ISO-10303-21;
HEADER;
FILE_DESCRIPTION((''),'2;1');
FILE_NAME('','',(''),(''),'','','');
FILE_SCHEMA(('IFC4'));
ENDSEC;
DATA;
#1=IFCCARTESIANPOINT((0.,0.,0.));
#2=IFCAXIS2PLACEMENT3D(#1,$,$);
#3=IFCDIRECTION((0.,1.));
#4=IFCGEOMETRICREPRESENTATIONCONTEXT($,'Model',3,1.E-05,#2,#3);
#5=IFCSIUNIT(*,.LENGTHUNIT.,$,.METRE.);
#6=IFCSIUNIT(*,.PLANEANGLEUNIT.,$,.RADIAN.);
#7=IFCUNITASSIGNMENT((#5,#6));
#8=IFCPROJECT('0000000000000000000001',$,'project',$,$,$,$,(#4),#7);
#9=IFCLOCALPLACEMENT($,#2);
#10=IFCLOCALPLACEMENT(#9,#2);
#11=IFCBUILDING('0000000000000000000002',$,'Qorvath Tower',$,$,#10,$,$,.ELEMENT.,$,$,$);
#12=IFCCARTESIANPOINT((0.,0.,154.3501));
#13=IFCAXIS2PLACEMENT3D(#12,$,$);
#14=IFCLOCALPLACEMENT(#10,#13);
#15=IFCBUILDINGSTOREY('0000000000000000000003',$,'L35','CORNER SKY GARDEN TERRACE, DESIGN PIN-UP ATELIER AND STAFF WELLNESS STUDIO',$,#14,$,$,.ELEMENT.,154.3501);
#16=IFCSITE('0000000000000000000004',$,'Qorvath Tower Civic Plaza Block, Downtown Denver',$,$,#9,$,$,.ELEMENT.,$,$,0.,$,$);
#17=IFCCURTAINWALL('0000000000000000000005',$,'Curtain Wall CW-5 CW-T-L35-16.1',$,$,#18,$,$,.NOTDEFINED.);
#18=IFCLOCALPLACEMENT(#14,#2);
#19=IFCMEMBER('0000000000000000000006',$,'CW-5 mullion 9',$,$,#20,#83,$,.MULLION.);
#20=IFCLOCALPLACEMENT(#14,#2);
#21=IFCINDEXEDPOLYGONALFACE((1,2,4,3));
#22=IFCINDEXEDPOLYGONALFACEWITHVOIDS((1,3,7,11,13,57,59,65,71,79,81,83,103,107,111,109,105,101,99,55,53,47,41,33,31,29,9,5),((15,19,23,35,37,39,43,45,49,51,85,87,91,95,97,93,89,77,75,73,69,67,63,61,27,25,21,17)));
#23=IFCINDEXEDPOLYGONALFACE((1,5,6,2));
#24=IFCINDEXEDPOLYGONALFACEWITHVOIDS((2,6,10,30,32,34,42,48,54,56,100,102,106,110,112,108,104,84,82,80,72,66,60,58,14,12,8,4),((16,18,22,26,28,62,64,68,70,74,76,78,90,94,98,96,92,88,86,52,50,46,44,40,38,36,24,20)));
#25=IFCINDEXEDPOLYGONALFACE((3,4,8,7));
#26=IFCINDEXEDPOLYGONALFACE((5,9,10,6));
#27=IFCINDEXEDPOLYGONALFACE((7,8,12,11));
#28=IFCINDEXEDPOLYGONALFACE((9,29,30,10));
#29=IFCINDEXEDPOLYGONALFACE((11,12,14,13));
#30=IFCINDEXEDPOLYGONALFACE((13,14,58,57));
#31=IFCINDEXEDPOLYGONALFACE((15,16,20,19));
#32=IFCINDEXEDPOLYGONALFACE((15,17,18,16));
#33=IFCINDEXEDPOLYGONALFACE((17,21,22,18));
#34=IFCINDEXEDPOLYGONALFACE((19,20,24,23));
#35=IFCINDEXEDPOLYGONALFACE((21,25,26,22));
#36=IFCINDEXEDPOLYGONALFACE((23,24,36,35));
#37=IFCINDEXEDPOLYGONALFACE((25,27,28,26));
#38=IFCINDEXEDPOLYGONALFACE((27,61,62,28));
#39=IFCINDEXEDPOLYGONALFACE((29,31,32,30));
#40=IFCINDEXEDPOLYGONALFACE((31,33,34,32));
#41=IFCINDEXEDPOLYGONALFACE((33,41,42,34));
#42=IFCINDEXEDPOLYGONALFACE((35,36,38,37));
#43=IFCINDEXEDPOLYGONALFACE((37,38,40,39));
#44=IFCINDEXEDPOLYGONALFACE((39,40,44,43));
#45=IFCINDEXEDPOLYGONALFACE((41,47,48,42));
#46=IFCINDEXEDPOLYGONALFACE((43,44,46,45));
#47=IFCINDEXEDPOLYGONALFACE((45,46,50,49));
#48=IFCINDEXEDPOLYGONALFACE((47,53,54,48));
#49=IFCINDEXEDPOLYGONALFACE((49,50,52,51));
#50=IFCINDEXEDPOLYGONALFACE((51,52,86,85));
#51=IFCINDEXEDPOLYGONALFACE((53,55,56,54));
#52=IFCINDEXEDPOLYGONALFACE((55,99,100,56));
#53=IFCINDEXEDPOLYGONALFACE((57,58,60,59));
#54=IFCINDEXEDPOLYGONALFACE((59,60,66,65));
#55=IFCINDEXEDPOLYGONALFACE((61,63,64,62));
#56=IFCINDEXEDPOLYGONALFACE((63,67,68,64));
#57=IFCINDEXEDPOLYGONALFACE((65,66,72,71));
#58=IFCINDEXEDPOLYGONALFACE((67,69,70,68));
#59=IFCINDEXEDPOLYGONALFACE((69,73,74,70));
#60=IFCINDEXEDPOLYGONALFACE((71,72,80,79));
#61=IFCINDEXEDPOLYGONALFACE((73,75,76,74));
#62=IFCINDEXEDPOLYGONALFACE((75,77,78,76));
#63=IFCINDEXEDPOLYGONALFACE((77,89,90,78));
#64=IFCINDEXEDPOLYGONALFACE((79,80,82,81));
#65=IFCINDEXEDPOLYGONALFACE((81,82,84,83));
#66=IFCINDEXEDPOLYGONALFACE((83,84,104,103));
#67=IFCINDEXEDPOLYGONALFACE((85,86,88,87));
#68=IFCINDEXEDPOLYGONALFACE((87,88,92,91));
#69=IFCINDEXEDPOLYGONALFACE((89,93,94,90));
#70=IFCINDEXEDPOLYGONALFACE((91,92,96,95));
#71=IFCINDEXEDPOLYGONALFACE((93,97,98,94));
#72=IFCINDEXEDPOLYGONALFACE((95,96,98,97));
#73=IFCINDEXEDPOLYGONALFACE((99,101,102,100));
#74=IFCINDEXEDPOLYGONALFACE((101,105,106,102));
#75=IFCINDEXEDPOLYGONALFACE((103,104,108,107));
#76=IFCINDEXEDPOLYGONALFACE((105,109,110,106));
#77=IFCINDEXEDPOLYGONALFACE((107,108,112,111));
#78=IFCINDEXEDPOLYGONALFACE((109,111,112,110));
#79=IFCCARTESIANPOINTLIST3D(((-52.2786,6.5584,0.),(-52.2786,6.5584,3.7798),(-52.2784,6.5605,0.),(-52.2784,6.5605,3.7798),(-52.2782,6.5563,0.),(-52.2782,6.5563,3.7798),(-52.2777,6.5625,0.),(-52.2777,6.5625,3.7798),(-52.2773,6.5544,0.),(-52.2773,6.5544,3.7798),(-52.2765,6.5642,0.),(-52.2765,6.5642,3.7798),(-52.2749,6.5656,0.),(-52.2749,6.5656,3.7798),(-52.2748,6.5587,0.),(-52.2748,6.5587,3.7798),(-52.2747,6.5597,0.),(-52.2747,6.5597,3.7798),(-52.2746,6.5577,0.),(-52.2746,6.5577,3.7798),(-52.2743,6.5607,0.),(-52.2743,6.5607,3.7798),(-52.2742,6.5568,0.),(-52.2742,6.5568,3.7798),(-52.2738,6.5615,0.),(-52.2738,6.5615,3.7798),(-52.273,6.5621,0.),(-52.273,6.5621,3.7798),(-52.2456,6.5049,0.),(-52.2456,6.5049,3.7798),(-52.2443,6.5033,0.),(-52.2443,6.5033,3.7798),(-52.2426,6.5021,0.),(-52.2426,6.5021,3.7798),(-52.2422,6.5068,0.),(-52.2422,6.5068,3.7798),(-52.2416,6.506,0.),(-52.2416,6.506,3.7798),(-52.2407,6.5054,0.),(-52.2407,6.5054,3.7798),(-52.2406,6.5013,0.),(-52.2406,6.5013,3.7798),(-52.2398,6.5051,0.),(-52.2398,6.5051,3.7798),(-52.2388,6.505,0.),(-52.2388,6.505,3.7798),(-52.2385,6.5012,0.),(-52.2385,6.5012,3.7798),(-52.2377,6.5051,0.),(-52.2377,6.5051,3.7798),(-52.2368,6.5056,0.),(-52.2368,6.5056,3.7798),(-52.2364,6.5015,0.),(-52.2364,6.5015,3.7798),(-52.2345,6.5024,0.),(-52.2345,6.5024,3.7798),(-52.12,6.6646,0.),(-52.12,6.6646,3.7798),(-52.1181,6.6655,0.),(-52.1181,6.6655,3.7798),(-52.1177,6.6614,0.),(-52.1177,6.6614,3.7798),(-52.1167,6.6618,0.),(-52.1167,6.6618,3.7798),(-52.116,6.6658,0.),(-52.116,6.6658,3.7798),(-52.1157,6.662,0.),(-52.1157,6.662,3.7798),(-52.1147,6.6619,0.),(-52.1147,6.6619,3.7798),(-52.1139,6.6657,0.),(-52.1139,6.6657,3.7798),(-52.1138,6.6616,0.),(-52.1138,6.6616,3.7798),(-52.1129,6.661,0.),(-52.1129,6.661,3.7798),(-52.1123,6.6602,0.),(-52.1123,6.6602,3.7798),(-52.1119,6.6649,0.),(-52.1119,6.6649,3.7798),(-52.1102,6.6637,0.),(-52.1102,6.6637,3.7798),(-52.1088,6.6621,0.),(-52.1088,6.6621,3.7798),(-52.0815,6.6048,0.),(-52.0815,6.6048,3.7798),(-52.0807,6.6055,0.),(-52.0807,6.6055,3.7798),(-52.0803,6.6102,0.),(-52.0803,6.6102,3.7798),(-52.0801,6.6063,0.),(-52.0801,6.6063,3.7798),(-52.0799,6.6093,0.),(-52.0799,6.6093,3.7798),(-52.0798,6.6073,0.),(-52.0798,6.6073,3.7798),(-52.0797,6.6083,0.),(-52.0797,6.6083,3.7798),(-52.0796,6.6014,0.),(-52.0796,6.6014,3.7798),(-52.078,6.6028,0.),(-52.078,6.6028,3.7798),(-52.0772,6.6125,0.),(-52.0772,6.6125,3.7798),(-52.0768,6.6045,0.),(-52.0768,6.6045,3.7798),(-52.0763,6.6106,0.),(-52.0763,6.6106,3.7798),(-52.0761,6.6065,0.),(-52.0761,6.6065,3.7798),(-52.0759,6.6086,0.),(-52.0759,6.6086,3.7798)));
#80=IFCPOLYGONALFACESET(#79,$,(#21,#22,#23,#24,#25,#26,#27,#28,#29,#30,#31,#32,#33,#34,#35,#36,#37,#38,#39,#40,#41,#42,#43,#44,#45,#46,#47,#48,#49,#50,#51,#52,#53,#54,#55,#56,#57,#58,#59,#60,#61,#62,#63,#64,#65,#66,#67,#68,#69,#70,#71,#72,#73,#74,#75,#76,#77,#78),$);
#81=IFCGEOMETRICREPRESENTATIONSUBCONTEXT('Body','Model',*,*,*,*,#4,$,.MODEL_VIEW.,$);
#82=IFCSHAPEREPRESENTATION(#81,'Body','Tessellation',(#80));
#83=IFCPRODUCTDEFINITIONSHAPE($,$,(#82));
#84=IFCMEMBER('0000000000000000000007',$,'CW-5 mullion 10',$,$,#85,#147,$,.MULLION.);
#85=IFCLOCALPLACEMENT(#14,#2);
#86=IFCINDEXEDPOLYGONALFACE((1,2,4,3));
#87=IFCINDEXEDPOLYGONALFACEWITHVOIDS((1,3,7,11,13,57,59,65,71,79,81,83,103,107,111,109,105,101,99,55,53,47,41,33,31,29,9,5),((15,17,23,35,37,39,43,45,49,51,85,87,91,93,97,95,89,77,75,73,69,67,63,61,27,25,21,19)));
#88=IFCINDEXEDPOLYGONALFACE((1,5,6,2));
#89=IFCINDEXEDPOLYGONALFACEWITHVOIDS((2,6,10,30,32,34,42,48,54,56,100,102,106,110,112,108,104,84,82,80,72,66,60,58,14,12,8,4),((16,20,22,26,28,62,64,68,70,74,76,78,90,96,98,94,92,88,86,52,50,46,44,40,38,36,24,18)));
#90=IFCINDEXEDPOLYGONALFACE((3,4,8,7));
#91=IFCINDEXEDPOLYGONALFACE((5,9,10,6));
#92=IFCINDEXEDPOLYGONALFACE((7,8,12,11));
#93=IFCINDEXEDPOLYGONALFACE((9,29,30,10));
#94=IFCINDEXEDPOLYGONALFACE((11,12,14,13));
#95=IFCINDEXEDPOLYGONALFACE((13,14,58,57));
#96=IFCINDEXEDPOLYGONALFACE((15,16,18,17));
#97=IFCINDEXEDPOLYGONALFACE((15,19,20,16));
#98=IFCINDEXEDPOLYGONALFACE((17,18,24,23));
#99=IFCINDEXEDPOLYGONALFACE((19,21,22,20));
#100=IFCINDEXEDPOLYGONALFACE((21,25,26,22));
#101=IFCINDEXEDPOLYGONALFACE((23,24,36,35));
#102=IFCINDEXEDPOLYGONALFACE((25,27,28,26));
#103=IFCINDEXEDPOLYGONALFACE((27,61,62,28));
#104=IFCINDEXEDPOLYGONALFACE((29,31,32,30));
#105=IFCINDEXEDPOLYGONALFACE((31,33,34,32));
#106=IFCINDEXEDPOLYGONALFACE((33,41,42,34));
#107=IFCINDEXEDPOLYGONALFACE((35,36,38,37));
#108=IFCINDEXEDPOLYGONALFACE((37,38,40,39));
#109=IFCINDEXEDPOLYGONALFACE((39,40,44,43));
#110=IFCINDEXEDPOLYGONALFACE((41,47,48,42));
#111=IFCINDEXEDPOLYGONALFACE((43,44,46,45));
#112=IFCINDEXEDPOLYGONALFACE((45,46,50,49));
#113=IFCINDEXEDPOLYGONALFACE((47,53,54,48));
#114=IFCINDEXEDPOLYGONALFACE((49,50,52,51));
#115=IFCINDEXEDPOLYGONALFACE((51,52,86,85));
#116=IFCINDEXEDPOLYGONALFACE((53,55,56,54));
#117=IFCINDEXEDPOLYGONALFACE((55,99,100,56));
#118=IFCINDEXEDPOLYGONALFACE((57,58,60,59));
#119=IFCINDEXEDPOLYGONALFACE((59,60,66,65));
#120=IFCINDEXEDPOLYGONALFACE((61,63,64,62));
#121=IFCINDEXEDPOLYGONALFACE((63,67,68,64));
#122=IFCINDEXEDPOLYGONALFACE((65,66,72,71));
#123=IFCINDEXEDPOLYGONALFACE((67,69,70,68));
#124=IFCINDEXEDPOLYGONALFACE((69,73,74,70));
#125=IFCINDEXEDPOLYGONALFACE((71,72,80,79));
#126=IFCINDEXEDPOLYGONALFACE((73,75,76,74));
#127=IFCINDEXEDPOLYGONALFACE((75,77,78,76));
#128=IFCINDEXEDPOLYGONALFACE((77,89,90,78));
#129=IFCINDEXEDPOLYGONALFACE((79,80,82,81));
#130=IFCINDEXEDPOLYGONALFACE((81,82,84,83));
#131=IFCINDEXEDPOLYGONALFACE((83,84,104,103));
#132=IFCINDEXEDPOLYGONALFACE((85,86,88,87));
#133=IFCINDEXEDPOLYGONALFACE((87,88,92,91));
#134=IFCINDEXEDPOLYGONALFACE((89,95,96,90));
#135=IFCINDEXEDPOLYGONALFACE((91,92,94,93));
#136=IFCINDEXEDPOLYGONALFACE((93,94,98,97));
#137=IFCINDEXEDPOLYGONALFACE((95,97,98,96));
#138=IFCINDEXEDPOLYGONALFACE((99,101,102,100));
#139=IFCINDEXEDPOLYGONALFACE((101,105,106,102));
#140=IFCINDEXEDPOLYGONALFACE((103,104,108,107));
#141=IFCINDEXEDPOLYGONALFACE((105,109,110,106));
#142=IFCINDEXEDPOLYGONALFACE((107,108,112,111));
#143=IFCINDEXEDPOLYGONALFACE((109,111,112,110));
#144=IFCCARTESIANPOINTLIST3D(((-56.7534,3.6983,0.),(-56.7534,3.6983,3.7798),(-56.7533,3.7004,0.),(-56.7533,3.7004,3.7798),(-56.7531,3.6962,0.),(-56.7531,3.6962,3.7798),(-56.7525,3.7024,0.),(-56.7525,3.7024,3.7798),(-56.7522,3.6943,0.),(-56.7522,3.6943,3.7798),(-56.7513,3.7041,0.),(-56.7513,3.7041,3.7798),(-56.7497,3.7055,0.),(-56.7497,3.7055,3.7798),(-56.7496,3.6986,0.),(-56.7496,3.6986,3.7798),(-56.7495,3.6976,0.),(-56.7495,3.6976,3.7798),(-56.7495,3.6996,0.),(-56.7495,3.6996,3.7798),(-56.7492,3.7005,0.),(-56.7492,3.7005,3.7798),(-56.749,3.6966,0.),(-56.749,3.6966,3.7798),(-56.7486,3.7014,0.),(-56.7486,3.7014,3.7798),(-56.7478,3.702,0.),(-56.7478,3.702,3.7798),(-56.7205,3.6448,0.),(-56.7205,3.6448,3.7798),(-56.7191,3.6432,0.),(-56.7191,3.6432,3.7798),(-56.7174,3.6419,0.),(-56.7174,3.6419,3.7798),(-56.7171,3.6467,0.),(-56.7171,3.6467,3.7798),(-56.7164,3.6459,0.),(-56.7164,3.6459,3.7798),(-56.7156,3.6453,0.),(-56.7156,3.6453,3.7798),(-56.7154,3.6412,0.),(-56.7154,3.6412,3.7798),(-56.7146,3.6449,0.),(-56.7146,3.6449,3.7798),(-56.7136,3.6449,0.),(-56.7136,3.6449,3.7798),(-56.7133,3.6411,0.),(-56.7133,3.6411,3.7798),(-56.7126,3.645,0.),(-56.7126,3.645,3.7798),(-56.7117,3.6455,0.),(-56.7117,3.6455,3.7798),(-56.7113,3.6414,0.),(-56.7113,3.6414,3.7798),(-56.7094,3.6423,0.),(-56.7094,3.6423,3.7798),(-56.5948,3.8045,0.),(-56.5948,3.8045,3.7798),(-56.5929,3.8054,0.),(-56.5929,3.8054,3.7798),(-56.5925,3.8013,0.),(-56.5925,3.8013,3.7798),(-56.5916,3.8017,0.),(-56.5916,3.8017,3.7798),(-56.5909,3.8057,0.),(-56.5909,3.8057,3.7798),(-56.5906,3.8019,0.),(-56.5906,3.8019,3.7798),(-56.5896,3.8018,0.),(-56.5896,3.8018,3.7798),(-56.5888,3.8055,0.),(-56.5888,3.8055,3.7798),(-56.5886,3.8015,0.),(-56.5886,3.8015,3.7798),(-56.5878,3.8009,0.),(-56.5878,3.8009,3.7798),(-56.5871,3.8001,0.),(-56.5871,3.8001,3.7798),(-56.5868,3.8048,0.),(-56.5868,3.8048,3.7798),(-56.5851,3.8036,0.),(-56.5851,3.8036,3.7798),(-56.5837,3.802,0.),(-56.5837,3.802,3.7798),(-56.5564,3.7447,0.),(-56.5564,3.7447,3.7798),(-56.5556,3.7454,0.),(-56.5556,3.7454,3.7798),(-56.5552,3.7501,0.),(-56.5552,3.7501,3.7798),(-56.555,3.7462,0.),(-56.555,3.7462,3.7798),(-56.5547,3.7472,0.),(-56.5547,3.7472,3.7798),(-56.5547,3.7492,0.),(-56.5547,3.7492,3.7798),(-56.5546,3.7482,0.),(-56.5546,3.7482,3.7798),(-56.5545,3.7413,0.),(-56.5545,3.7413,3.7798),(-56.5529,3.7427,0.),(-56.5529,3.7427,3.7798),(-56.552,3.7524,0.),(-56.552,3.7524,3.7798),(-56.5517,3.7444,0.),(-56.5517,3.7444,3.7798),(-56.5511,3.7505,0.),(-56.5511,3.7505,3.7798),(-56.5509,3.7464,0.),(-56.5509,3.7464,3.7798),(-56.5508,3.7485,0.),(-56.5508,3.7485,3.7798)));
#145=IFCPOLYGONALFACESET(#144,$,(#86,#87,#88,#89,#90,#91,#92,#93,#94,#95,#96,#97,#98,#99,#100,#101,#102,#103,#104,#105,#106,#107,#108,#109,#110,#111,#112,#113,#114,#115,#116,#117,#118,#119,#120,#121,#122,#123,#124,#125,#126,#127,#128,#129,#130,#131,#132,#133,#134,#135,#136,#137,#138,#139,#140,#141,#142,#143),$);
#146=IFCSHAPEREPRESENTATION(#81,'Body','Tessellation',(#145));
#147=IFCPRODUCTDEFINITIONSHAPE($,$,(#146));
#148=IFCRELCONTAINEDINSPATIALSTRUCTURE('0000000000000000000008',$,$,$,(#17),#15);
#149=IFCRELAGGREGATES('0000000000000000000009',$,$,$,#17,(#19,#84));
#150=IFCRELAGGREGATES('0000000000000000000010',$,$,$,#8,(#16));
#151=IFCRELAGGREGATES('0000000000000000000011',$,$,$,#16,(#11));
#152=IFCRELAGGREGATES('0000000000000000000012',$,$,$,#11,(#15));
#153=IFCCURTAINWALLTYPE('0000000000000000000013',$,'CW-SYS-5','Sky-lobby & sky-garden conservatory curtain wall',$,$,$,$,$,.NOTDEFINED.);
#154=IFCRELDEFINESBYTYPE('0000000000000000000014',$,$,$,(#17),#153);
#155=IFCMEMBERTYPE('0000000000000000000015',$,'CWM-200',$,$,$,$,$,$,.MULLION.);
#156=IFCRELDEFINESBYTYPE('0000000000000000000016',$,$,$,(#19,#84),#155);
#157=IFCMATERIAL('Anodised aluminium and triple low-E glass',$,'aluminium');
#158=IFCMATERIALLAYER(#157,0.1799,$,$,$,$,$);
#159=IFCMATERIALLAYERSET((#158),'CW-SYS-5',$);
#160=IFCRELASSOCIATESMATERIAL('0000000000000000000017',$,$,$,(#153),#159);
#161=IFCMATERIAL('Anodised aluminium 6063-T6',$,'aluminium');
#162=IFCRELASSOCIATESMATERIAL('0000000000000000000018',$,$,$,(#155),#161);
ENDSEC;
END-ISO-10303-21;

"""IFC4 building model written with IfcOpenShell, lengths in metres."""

from ifc_helpers import new_model, si_unit, direction, frame, origin, origin_2d, place, context, subcontext, project, spatial, hollow_rectangle, extrude, material, layer, layer_set, material_profile, profile_set, type_object, element, aggregate, save


model = new_model("IFC4")

# Units and contexts
model_context = context("Model", 3, precision=1e-05, world=origin(), true_north=direction((0.0, 1.0)))
body_context = subcontext(model_context, "Body", "Model", "MODEL_VIEW")
ifc_project = project(units=[si_unit("LENGTHUNIT", "METRE"), si_unit("PLANEANGLEUNIT", "RADIAN")], contexts=[model_context])

# Site, building, storey
site_placement = place(None, origin())
site = spatial("IfcSite", under=ifc_project, at=site_placement, Name="Qorvath Tower Civic Plaza Block, Downtown Denver", CompositionType="ELEMENT", RefElevation=0.0)
building_placement = place(site_placement, origin())
building = spatial("IfcBuilding", under=site, at=building_placement, Name="Qorvath Tower", CompositionType="ELEMENT")
storey_placement = place(building_placement, frame((0.0, 0.0, 154.3501)))
storey = spatial("IfcBuildingStorey", under=building, at=storey_placement, Name="L35", Description="CORNER SKY GARDEN TERRACE, DESIGN PIN-UP ATELIER AND STAFF WELLNESS STUDIO", CompositionType="ELEMENT", Elevation=154.3501)

# Curtain wall, members
ifc_material_1 = material(Name="Anodised aluminium and triple low-E glass", Category="aluminium")
ifc_layer_1 = layer(ifc_material_1, 0.1799)
ifc_layer_set_1 = layer_set([ifc_layer_1], Name="CW-SYS-5")
curtain_wall_type = type_object("IfcCurtainWallType", Name="CW-SYS-5", Description="Sky-lobby & sky-garden conservatory curtain wall", PredefinedType="NOTDEFINED", material=ifc_layer_set_1)
curtain_wall_1_placement = place(storey_placement, origin())
curtain_wall_1 = element("IfcCurtainWall", 1, at=curtain_wall_1_placement, inside=storey, type_object=curtain_wall_type, Name="Curtain Wall CW-5 CW-T-L35-16.1", PredefinedType="NOTDEFINED")
ifc_material_2 = material(Name="Anodised aluminium 6063-T6", Category="aluminium")
ifc_material_profile_1 = material_profile(ifc_material_2, hollow_rectangle(XDim=0.075, YDim=0.2, WallThickness=0.0039, InnerFilletRadius=0.0039, OuterFilletRadius=0.0081, at=origin_2d()), Name="CWM 200x75")
ifc_profile_set_1 = profile_set([ifc_material_profile_1], Name="Anodised aluminium 6063-T6")
member_type_1 = type_object("IfcMemberType", Name="CWM-200", PredefinedType="MULLION", material=ifc_profile_set_1)
member_1_placement = place(storey_placement, frame((-52.1772, 6.5835, 0.0), z_axis=(0.0, 0.0, 1.0), x_axis=(0.538535, -0.842603, 0.0)))
member_1 = element("IfcMember", 2, at=member_1_placement, type_object=member_type_1, Name="CW-5 mullion 9", PredefinedType="MULLION", context=body_context, shape_type="SweptSolid", body=[
    extrude(hollow_rectangle(XDim=0.075, YDim=0.2, WallThickness=0.0039, InnerFilletRadius=0.0039, OuterFilletRadius=0.0081, at=origin_2d()), origin(), (0.0, 0.0, 1.0), 3.7798),
])
member_2_placement = place(storey_placement, frame((-56.6521, 3.7234, 0.0), z_axis=(0.0, 0.0, 1.0), x_axis=(0.538535, -0.842603, 0.0)))
member_2 = element("IfcMember", 3, at=member_2_placement, type_object=member_type_1, Name="CW-5 mullion 10", PredefinedType="MULLION", context=body_context, shape_type="SweptSolid", body=[
    extrude(hollow_rectangle(XDim=0.075, YDim=0.2, WallThickness=0.0039, InnerFilletRadius=0.0039, OuterFilletRadius=0.0081, at=origin_2d()), origin(), (0.0, 0.0, 1.0), 3.7798),
])

aggregate(curtain_wall_1, [member_1, member_2])

save(model, "model.ifc")
